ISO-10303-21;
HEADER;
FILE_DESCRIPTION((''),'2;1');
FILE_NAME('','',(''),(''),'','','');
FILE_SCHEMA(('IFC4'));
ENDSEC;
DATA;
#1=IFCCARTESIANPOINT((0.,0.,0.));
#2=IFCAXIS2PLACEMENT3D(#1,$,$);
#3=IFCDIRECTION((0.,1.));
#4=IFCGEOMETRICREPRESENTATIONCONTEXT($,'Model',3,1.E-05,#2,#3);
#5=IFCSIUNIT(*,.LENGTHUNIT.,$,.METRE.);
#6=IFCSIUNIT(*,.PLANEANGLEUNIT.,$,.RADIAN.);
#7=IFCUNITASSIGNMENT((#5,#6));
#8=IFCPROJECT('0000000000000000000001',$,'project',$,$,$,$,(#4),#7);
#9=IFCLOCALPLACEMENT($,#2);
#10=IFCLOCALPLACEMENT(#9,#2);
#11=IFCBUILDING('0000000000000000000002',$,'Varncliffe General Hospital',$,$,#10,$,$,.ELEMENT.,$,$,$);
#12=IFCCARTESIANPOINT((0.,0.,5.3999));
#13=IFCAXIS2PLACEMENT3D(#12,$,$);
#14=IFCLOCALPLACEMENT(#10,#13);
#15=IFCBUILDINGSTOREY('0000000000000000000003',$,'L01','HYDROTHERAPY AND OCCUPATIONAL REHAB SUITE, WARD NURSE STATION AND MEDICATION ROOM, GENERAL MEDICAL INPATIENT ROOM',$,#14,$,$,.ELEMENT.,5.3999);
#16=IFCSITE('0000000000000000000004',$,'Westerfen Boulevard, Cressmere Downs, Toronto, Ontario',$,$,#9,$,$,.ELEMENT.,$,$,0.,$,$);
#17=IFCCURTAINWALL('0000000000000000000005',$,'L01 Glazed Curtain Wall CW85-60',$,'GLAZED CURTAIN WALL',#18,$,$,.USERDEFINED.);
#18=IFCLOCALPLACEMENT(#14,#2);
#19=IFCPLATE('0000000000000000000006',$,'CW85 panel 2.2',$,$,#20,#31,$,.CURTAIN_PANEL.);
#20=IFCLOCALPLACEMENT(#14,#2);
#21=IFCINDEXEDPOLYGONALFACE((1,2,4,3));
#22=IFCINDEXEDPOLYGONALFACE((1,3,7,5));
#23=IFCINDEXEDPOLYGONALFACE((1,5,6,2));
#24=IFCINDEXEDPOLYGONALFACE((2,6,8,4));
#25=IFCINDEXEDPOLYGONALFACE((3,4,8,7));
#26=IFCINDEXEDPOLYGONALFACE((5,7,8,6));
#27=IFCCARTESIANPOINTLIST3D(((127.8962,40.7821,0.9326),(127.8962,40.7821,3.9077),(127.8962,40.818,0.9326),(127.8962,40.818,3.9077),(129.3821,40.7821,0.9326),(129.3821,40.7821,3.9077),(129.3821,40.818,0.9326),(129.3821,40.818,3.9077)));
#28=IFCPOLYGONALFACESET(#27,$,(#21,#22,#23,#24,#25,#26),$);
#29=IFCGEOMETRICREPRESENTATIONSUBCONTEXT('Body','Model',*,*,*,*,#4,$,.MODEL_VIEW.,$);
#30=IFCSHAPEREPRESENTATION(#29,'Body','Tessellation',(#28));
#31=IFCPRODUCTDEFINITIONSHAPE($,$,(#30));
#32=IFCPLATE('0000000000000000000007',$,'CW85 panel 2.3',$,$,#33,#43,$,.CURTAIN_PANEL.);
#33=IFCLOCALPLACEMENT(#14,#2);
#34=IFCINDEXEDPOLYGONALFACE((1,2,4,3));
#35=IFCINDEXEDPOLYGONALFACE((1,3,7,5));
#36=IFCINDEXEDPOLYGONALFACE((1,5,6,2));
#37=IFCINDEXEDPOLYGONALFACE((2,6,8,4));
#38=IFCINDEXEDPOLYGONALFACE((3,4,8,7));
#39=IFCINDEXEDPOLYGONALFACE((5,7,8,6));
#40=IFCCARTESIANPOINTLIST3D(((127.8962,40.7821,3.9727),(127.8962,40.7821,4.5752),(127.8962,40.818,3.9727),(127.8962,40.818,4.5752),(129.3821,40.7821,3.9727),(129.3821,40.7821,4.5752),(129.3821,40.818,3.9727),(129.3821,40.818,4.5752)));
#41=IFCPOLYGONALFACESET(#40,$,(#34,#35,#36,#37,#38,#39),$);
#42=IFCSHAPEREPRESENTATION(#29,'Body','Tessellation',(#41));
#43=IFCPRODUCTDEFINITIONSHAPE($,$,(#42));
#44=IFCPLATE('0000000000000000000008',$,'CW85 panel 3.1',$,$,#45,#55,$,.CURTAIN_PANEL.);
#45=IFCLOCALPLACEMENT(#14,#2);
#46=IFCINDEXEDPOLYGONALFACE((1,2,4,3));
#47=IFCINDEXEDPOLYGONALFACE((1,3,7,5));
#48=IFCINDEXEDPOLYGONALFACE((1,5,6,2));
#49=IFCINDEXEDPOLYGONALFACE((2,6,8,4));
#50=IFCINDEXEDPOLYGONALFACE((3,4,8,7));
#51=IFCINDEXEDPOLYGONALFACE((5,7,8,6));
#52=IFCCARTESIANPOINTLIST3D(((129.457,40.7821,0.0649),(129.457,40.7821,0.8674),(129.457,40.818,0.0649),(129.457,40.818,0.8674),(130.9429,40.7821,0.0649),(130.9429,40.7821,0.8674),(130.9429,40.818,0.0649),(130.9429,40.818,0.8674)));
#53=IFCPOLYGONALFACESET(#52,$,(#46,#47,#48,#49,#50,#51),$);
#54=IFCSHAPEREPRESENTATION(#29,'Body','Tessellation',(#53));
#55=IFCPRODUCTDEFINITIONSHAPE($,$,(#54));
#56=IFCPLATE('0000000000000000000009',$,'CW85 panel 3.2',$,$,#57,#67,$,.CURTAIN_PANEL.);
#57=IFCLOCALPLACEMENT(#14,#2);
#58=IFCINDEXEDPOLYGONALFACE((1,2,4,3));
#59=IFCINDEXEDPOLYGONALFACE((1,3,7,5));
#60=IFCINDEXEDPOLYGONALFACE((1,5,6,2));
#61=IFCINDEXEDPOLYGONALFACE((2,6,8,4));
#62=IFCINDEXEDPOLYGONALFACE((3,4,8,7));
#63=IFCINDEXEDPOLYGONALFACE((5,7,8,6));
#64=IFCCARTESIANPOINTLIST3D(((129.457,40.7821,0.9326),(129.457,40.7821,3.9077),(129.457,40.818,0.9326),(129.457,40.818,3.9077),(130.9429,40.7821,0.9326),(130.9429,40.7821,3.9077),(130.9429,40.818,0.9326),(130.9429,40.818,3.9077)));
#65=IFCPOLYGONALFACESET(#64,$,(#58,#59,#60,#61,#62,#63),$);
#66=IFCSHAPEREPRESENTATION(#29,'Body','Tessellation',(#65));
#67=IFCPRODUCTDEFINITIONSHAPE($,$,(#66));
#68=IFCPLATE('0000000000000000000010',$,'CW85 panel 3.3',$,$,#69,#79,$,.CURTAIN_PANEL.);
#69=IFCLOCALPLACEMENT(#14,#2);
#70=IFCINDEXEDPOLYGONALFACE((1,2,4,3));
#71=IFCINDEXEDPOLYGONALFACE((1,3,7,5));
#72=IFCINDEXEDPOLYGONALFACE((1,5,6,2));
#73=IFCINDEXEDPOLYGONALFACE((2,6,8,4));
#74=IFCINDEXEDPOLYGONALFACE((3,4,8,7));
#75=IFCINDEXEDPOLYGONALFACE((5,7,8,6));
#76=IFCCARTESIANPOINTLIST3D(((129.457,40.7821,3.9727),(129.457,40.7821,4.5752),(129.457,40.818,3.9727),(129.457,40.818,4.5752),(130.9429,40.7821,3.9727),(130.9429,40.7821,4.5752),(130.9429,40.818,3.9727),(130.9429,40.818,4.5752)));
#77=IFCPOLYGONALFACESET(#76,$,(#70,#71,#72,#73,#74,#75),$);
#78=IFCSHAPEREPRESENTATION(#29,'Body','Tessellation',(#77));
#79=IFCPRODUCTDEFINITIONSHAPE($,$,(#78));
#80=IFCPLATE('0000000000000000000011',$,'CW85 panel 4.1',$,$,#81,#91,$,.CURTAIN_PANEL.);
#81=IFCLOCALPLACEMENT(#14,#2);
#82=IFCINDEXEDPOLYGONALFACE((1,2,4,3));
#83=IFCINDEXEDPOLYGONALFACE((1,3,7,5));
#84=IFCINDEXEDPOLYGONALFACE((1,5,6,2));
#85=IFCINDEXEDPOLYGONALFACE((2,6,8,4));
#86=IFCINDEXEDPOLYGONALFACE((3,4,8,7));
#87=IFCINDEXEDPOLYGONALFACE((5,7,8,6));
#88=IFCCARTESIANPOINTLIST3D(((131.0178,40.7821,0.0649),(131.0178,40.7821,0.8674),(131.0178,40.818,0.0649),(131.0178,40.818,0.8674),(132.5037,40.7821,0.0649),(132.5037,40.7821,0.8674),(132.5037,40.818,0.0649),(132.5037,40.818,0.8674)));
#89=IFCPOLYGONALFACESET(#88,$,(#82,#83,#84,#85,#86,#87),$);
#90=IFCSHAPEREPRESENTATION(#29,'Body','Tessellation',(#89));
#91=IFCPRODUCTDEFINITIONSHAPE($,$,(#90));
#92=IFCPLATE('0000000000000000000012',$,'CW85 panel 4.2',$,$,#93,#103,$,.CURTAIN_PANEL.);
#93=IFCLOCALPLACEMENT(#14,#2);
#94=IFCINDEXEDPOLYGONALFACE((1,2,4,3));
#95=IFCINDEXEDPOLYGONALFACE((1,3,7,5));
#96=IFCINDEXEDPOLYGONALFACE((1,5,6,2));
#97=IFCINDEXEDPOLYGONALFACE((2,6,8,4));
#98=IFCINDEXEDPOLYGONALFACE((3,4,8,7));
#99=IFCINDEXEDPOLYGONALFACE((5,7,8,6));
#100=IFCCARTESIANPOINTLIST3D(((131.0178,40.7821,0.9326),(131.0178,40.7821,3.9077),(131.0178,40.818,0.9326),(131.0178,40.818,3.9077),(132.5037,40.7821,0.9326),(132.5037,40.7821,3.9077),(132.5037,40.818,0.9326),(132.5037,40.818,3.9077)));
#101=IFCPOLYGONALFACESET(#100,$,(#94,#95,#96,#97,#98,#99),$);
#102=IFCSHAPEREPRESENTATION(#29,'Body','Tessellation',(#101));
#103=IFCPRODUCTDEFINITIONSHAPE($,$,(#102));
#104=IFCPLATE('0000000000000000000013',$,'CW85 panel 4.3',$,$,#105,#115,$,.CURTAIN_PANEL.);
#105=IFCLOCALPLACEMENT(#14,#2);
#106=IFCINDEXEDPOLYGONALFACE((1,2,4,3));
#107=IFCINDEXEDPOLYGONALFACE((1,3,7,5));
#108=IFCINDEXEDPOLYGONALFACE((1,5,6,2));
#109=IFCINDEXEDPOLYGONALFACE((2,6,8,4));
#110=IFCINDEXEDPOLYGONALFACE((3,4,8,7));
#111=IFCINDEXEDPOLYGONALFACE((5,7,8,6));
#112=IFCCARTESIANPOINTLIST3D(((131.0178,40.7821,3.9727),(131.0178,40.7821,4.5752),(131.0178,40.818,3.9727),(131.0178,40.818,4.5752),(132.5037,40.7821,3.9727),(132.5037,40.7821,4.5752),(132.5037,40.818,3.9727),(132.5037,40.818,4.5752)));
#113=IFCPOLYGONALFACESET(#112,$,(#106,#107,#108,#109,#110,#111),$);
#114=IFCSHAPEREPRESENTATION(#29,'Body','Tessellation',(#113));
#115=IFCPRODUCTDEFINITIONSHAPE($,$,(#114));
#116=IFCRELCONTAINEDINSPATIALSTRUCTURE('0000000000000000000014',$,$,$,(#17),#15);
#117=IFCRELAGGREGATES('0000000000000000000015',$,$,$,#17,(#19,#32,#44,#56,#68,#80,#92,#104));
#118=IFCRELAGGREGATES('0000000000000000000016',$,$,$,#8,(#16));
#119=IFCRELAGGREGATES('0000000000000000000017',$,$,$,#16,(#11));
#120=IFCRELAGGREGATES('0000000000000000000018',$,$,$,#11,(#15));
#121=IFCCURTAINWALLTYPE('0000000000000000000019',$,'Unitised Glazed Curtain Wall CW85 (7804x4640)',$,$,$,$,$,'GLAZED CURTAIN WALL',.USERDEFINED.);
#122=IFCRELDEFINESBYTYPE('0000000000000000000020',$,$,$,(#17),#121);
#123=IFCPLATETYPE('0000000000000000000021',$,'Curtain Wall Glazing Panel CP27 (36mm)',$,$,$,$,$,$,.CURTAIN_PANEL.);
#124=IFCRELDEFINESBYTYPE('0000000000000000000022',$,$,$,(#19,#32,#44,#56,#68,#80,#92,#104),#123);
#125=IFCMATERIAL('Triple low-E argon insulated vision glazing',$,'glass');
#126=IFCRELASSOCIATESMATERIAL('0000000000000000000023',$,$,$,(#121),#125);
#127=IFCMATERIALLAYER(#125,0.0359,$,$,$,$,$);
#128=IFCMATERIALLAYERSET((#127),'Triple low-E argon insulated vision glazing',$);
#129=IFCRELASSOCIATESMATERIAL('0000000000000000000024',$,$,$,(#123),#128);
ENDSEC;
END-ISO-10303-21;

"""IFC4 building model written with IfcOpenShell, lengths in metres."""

from ifc_helpers import new_model, si_unit, direction, frame, origin, origin_2d, place, context, subcontext, project, spatial, rectangle, extrude, material, layer, layer_set, type_object, element, aggregate, save


model = new_model("IFC4")

# Units and contexts
model_context = context("Model", 3, precision=1e-05, world=origin(), true_north=direction((0.0, 1.0)))
body_context = subcontext(model_context, "Body", "Model", "MODEL_VIEW")
ifc_project = project(units=[si_unit("LENGTHUNIT", "METRE"), si_unit("PLANEANGLEUNIT", "RADIAN")], contexts=[model_context])

# Site, building, storey
site_placement = place(None, origin())
site = spatial("IfcSite", under=ifc_project, at=site_placement, Name="Westerfen Boulevard, Cressmere Downs, Toronto, Ontario", CompositionType="ELEMENT", RefElevation=0.0)
building_placement = place(site_placement, origin())
building = spatial("IfcBuilding", under=site, at=building_placement, Name="Varncliffe General Hospital", CompositionType="ELEMENT")
storey_placement = place(building_placement, frame((0.0, 0.0, 5.3999)))
storey = spatial("IfcBuildingStorey", under=building, at=storey_placement, Name="L01", Description="HYDROTHERAPY AND OCCUPATIONAL REHAB SUITE, WARD NURSE STATION AND MEDICATION ROOM, GENERAL MEDICAL INPATIENT ROOM", CompositionType="ELEMENT", Elevation=5.3999)

# Shared definitions
ifc_material_1 = material(Name="Triple low-E argon insulated vision glazing", Category="glass")
curtain_wall_type = type_object("IfcCurtainWallType", Name="Unitised Glazed Curtain Wall CW85 (7804x4640)", ElementType="GLAZED CURTAIN WALL", PredefinedType="USERDEFINED", material=ifc_material_1)

# Curtain wall
curtain_wall_1_placement = place(storey_placement, origin())
curtain_wall_1 = element("IfcCurtainWall", 1, at=curtain_wall_1_placement, inside=storey, type_object=curtain_wall_type, Name="L01 Glazed Curtain Wall CW85-60", ObjectType="GLAZED CURTAIN WALL", PredefinedType="USERDEFINED")

# Plates
ifc_layer = layer(ifc_material_1, 0.0359)
ifc_layer_set = layer_set([ifc_layer], Name="Triple low-E argon insulated vision glazing")
plate_type = type_object("IfcPlateType", Name="Curtain Wall Glazing Panel CP27 (36mm)", PredefinedType="CURTAIN_PANEL", material=ifc_layer_set)
plate_1_placement = place(storey_placement, frame((128.6392, 40.8, 0.9326), z_axis=(0.0, 0.0, 1.0), x_axis=(1.0, 0.0, 0.0)))
plate_1 = element("IfcPlate", 2, at=plate_1_placement, type_object=plate_type, Name="CW85 panel 2.2", PredefinedType="CURTAIN_PANEL", context=body_context, shape_type="SweptSolid", body=[
    extrude(rectangle(XDim=1.4858, YDim=0.0359, at=origin_2d()), origin(), (0.0, 0.0, 1.0), 2.9751),
])
plate_2_placement = place(storey_placement, frame((128.6392, 40.8, 3.9727), z_axis=(0.0, 0.0, 1.0), x_axis=(1.0, 0.0, 0.0)))
plate_2 = element("IfcPlate", 3, at=plate_2_placement, type_object=plate_type, Name="CW85 panel 2.3", PredefinedType="CURTAIN_PANEL", context=body_context, shape_type="SweptSolid", body=[
    extrude(rectangle(XDim=1.4858, YDim=0.0359, at=origin_2d()), origin(), (0.0, 0.0, 1.0), 0.6025),
])
plate_3_placement = place(storey_placement, frame((130.2, 40.8, 0.0649), z_axis=(0.0, 0.0, 1.0), x_axis=(1.0, 0.0, 0.0)))
plate_3 = element("IfcPlate", 4, at=plate_3_placement, type_object=plate_type, Name="CW85 panel 3.1", PredefinedType="CURTAIN_PANEL", context=body_context, shape_type="SweptSolid", body=[
    extrude(rectangle(XDim=1.4858, YDim=0.0359, at=origin_2d()), origin(), (0.0, 0.0, 1.0), 0.8025),
])
plate_4_placement = place(storey_placement, frame((130.2, 40.8, 0.9326), z_axis=(0.0, 0.0, 1.0), x_axis=(1.0, 0.0, 0.0)))
plate_4 = element("IfcPlate", 5, at=plate_4_placement, type_object=plate_type, Name="CW85 panel 3.2", PredefinedType="CURTAIN_PANEL", context=body_context, shape_type="SweptSolid", body=[
    extrude(rectangle(XDim=1.4858, YDim=0.0359, at=origin_2d()), origin(), (0.0, 0.0, 1.0), 2.9751),
])
plate_5_placement = place(storey_placement, frame((130.2, 40.8, 3.9727), z_axis=(0.0, 0.0, 1.0), x_axis=(1.0, 0.0, 0.0)))
plate_5 = element("IfcPlate", 6, at=plate_5_placement, type_object=plate_type, Name="CW85 panel 3.3", PredefinedType="CURTAIN_PANEL", context=body_context, shape_type="SweptSolid", body=[
    extrude(rectangle(XDim=1.4858, YDim=0.0359, at=origin_2d()), origin(), (0.0, 0.0, 1.0), 0.6025),
])
plate_6_placement = place(storey_placement, frame((131.7607, 40.8, 0.0649), z_axis=(0.0, 0.0, 1.0), x_axis=(1.0, 0.0, 0.0)))
plate_6 = element("IfcPlate", 7, at=plate_6_placement, type_object=plate_type, Name="CW85 panel 4.1", PredefinedType="CURTAIN_PANEL", context=body_context, shape_type="SweptSolid", body=[
    extrude(rectangle(XDim=1.4858, YDim=0.0359, at=origin_2d()), origin(), (0.0, 0.0, 1.0), 0.8025),
])
plate_7_placement = place(storey_placement, frame((131.7607, 40.8, 0.9326), z_axis=(0.0, 0.0, 1.0), x_axis=(1.0, 0.0, 0.0)))
plate_7 = element("IfcPlate", 8, at=plate_7_placement, type_object=plate_type, Name="CW85 panel 4.2", PredefinedType="CURTAIN_PANEL", context=body_context, shape_type="SweptSolid", body=[
    extrude(rectangle(XDim=1.4858, YDim=0.0359, at=origin_2d()), origin(), (0.0, 0.0, 1.0), 2.9751),
])
plate_8_placement = place(storey_placement, frame((131.7607, 40.8, 3.9727), z_axis=(0.0, 0.0, 1.0), x_axis=(1.0, 0.0, 0.0)))
plate_8 = element("IfcPlate", 9, at=plate_8_placement, type_object=plate_type, Name="CW85 panel 4.3", PredefinedType="CURTAIN_PANEL", context=body_context, shape_type="SweptSolid", body=[
    extrude(rectangle(XDim=1.4858, YDim=0.0359, at=origin_2d()), origin(), (0.0, 0.0, 1.0), 0.6025),
])
aggregate(curtain_wall_1, [plate_1, plate_2, plate_3, plate_4, plate_5, plate_6, plate_7, plate_8])

save(model, "model.ifc")
